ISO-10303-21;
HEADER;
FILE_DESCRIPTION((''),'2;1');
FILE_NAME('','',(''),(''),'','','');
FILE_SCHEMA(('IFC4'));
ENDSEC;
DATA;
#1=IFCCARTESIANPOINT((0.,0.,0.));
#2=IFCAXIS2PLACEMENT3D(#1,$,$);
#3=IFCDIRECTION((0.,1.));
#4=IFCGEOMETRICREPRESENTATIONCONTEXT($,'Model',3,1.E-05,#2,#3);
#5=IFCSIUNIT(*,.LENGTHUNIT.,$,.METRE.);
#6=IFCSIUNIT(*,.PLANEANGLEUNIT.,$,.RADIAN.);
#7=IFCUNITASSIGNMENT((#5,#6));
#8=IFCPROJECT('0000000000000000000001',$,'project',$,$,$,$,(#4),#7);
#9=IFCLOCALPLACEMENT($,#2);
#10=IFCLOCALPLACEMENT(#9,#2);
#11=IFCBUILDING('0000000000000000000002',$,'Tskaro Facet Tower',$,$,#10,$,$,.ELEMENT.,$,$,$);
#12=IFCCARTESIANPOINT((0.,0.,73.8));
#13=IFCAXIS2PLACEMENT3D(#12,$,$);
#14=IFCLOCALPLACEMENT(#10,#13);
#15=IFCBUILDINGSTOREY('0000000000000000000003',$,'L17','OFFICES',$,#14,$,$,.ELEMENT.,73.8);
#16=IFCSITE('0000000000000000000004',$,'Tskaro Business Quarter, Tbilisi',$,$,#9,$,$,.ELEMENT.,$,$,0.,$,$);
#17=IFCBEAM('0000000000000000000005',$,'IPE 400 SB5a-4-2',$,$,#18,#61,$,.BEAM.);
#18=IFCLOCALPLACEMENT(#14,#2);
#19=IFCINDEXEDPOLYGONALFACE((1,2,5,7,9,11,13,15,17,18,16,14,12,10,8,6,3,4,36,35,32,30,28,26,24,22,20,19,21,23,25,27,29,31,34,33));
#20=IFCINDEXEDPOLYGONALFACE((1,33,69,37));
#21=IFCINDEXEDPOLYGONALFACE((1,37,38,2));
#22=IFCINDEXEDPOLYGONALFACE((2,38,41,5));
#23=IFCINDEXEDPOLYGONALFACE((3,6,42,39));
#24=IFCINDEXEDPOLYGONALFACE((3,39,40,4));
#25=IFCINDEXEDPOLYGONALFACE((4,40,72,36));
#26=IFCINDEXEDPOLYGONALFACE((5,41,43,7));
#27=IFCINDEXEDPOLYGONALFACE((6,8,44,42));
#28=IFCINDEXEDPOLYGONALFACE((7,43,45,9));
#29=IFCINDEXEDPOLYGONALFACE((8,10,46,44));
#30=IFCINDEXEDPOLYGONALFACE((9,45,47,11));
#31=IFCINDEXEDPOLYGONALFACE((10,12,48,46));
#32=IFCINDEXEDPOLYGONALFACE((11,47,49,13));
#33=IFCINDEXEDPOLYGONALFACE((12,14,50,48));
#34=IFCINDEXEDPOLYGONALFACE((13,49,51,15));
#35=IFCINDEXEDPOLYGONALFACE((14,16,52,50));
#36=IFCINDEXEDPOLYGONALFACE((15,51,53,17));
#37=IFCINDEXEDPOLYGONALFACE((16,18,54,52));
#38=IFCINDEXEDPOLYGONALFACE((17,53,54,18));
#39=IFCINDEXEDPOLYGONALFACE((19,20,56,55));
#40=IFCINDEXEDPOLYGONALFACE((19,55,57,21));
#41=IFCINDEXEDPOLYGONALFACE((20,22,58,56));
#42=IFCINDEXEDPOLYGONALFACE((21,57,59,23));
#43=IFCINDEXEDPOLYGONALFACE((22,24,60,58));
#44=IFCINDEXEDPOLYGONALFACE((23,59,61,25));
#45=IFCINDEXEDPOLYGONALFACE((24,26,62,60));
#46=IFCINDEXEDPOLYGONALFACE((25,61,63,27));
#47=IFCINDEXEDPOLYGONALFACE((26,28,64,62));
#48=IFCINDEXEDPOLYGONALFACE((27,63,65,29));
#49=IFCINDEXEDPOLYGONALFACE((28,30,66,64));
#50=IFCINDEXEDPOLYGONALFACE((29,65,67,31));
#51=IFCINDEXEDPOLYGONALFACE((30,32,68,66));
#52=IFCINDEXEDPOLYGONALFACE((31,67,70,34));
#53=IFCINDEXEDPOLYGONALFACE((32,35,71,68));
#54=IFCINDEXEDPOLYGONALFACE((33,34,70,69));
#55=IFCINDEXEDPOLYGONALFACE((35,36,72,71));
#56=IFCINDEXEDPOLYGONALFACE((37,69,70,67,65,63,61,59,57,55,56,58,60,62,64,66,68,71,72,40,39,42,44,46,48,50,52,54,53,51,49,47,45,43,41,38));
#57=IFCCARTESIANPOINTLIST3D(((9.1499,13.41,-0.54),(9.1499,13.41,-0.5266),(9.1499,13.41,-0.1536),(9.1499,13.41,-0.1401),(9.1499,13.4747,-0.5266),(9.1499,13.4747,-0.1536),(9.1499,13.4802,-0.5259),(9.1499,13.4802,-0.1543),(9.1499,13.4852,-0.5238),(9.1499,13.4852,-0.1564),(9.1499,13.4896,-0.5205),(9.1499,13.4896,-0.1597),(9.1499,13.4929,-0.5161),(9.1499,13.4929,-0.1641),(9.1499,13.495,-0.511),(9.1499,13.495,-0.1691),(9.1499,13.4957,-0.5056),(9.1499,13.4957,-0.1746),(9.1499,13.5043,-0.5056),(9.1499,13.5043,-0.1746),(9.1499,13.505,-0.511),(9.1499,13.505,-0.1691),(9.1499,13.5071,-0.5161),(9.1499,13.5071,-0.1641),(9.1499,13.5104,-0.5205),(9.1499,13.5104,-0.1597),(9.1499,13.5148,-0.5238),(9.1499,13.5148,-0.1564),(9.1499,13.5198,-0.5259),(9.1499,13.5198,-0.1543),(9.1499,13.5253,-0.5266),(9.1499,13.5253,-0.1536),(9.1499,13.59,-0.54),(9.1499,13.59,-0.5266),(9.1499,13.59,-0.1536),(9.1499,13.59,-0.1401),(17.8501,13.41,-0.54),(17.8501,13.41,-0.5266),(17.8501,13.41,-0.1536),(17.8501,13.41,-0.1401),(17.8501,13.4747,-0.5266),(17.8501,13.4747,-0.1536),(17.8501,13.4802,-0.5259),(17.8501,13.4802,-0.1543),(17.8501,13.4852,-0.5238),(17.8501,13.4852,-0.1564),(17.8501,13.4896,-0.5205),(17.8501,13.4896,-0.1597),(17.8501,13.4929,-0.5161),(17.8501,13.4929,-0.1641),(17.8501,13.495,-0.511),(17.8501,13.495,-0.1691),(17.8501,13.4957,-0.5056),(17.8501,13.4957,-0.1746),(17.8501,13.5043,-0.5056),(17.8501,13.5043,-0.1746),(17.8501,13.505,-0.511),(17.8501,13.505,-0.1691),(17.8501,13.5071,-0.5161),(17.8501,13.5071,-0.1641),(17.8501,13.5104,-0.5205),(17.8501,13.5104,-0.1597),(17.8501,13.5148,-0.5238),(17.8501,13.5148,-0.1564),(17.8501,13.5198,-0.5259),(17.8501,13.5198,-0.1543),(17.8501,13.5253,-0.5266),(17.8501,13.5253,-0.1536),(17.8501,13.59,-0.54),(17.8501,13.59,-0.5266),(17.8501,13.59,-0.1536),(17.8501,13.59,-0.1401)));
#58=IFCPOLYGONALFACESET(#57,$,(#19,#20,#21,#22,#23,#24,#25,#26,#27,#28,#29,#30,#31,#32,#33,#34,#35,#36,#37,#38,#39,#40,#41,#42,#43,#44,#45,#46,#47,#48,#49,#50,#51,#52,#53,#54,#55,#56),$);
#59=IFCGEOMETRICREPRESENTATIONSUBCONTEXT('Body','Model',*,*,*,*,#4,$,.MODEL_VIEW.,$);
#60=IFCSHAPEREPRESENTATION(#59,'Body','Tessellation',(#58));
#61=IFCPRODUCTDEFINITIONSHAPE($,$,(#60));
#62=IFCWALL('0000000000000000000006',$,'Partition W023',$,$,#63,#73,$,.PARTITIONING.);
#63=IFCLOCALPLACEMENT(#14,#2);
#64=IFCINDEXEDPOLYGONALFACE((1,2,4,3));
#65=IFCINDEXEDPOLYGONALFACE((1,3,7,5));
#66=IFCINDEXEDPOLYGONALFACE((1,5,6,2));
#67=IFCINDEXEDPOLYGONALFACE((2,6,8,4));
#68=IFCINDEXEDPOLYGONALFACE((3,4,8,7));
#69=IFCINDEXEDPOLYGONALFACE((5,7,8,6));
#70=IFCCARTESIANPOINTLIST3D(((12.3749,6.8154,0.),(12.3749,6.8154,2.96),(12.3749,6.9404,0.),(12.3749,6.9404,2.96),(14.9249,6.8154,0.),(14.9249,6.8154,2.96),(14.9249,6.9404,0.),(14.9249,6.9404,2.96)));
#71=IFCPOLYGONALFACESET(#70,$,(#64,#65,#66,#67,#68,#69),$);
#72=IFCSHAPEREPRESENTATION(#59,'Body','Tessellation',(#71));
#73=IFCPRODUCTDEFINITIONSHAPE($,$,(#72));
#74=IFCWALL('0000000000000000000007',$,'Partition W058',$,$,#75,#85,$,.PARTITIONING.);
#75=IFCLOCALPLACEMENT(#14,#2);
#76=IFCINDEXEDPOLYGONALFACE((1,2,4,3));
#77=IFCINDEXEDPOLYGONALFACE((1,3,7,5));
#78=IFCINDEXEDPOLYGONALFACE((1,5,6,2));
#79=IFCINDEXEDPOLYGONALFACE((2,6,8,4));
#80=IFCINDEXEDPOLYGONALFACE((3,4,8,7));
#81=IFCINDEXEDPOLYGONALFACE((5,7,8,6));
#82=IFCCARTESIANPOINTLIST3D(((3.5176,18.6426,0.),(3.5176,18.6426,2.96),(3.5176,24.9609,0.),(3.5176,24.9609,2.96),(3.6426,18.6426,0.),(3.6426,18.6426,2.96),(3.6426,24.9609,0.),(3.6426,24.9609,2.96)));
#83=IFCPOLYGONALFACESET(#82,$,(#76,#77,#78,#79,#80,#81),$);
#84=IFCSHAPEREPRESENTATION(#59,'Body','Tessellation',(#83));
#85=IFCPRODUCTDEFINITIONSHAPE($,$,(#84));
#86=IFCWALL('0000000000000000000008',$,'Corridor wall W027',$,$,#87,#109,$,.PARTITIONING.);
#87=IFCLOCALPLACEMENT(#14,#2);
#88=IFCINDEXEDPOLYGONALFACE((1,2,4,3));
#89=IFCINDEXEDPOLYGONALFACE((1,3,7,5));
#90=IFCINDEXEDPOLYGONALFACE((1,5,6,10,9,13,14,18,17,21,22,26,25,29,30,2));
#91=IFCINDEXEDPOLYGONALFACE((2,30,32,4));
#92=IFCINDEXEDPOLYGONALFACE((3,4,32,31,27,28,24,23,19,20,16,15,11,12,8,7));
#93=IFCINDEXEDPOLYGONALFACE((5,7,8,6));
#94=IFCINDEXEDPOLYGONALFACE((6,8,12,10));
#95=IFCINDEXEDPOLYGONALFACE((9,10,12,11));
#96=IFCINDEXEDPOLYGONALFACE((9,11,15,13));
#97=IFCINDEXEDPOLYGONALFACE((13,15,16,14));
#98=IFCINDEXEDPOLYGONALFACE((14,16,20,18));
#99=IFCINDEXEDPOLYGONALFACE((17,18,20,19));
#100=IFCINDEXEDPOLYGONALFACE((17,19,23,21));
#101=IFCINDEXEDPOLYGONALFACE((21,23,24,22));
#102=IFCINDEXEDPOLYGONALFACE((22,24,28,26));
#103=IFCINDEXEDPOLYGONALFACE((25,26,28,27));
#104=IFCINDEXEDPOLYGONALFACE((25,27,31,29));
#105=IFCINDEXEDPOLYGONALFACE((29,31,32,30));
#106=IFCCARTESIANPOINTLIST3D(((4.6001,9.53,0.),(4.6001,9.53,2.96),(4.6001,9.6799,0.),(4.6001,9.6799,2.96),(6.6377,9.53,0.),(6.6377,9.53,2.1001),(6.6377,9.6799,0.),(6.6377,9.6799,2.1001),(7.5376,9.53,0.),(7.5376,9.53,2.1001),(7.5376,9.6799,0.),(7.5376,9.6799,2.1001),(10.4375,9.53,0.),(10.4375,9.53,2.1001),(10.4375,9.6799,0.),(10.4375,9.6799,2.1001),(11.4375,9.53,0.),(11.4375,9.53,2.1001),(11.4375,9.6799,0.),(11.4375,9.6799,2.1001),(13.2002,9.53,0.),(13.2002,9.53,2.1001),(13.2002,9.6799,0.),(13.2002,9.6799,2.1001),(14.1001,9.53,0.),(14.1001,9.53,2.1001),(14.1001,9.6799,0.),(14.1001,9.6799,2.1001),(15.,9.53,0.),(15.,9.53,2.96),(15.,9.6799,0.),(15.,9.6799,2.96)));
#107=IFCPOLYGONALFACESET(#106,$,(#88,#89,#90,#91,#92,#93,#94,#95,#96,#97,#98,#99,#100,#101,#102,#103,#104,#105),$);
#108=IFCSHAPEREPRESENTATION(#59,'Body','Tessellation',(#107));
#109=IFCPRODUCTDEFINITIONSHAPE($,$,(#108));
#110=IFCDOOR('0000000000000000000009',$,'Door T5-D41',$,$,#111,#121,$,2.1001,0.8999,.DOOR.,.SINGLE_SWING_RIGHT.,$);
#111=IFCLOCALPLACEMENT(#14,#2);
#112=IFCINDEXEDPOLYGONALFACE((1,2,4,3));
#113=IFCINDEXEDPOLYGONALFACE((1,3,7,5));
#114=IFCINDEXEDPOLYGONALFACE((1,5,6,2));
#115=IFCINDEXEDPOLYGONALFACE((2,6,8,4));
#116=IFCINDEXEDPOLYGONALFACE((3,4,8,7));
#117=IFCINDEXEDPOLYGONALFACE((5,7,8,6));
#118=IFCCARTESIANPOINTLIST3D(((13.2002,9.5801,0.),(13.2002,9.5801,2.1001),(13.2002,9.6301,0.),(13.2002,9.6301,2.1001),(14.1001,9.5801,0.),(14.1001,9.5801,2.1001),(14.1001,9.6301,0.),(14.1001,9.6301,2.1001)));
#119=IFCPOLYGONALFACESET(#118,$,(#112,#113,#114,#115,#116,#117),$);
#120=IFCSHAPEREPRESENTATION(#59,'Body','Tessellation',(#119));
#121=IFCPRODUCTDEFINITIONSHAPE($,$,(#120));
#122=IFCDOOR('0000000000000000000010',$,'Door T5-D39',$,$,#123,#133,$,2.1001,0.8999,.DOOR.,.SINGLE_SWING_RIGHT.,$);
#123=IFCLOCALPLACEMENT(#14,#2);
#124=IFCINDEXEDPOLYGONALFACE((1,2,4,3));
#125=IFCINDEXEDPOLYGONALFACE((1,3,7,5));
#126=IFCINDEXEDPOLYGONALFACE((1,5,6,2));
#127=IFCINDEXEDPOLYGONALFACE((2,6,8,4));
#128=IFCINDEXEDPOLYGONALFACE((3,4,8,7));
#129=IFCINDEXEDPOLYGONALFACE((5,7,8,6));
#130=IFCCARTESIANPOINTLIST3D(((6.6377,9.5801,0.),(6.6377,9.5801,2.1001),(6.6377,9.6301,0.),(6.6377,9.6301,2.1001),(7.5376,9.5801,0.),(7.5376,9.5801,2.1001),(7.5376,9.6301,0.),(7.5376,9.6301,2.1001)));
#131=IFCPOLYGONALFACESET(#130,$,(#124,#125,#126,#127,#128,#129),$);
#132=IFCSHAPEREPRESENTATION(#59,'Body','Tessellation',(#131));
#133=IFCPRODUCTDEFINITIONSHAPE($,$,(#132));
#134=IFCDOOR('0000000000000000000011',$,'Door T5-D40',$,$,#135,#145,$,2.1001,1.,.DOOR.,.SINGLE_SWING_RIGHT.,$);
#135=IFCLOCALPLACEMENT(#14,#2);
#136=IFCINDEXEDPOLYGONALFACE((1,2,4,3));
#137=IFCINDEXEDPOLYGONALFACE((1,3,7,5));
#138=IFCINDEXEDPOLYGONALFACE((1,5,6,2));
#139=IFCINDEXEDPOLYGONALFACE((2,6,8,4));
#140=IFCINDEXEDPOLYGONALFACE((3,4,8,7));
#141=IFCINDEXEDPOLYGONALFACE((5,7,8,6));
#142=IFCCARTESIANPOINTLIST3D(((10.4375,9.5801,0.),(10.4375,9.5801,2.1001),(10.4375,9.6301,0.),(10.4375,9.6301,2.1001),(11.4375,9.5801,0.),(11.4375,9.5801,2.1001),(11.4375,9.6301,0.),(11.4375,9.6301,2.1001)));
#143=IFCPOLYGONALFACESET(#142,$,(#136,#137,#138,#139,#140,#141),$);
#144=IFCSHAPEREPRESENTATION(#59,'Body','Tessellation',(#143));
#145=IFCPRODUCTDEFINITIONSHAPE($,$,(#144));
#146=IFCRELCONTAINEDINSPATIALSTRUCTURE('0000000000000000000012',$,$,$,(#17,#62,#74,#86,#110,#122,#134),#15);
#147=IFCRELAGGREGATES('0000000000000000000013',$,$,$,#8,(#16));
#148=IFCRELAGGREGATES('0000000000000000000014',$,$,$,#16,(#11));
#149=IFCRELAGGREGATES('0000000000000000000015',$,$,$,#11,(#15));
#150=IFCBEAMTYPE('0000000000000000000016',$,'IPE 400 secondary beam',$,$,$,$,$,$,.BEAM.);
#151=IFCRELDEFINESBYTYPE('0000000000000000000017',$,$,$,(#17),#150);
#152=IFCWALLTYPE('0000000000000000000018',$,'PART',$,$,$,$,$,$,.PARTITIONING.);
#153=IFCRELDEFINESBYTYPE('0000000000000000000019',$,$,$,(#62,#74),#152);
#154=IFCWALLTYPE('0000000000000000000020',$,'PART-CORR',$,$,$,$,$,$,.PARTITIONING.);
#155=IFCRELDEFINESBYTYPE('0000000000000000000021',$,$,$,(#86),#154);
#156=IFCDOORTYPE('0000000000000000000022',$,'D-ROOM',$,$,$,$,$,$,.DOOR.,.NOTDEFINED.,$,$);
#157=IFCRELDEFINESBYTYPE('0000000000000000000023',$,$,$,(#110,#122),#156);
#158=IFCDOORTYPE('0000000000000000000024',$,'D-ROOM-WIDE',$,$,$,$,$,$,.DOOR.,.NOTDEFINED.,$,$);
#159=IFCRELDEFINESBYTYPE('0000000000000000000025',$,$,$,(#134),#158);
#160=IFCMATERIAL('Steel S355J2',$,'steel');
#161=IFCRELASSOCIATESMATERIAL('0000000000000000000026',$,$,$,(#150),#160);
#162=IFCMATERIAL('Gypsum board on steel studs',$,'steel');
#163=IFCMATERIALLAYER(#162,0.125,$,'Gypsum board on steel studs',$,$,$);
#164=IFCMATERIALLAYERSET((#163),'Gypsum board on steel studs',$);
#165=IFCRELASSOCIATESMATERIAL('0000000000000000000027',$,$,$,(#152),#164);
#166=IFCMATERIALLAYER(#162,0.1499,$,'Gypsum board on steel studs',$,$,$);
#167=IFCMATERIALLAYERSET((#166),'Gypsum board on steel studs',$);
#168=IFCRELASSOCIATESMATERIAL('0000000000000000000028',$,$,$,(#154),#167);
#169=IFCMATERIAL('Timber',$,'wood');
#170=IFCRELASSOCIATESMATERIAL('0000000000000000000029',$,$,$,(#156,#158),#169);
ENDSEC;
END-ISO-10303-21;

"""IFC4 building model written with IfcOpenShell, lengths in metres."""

from ifc_helpers import new_model, si_unit, direction, frame, frame_2d, origin, origin_2d, place, context, subcontext, project, spatial, rectangle, i_section, extrude, material, layer, layer_set, material_profile, profile_set, type_object, element, fill, save


model = new_model("IFC4")

# Units and contexts
model_context = context("Model", 3, precision=1e-05, world=origin(), true_north=direction((0.0, 1.0)))
body_context = subcontext(model_context, "Body", "Model", "MODEL_VIEW")
ifc_project = project(units=[si_unit("LENGTHUNIT", "METRE"), si_unit("PLANEANGLEUNIT", "RADIAN")], contexts=[model_context])

# Site, building, storey
site_placement = place(None, origin())
site = spatial("IfcSite", under=ifc_project, at=site_placement, Name="Tskaro Business Quarter, Tbilisi", CompositionType="ELEMENT", RefElevation=0.0)
building_placement = place(site_placement, origin())
building = spatial("IfcBuilding", under=site, at=building_placement, Name="Tskaro Facet Tower", CompositionType="ELEMENT")
storey_placement = place(building_placement, frame((0.0, 0.0, 73.8)))
storey = spatial("IfcBuildingStorey", under=building, at=storey_placement, Name="L17", Description="OFFICES", CompositionType="ELEMENT", Elevation=73.8)

# Beam
ifc_material_1 = material(Name="Steel S355J2", Category="steel")
ifc_material_profile_1 = material_profile(ifc_material_1, i_section(OverallWidth=0.1799, OverallDepth=0.3999, WebThickness=0.0085, FlangeThickness=0.0134, FilletRadius=0.021, at=origin_2d()), Name="IPE 400")
ifc_profile_set_1 = profile_set([ifc_material_profile_1], Name="Steel S355J2")
beam_type_1 = type_object("IfcBeamType", Name="IPE 400 secondary beam", PredefinedType="BEAM", material=ifc_profile_set_1)
for number, where, z_axis, x_axis, name in (
    (1, (9.1499, 13.5, -0.3401), (1.0, 0.0, 0.0), (0.0, 1.0, 0.0), "IPE 400 SB5a-4-2"),
):
    element("IfcBeam", number, at=place(storey_placement, frame(where, z_axis=z_axis, x_axis=x_axis)), inside=storey, type_object=beam_type_1, Name=name, PredefinedType="BEAM", context=body_context, shape_type="SweptSolid", body=[
        extrude(i_section(OverallWidth=0.1799, OverallDepth=0.3999, WebThickness=0.0085, FlangeThickness=0.0134, FilletRadius=0.021, at=origin_2d()), origin(), (0.0, 0.0, 1.0), 8.7002),
    ])

# Walls
ifc_material_2 = material(Name="Gypsum board on steel studs", Category="steel")
ifc_layer_1 = layer(ifc_material_2, 0.125, Name="Gypsum board on steel studs")
ifc_layer_set_1 = layer_set([ifc_layer_1], Name="Gypsum board on steel studs")
wall_type_1 = type_object("IfcWallType", Name="PART", PredefinedType="PARTITIONING", material=ifc_layer_set_1)
wall_1_placement = place(storey_placement, frame((12.375, 6.8779, 0.0), z_axis=(0.0, 0.0, 1.0), x_axis=(1.0, 0.0, 0.0)))
element("IfcWall", 2, at=wall_1_placement, inside=storey, type_object=wall_type_1, Name="Partition W023", PredefinedType="PARTITIONING", context=body_context, shape_type="SweptSolid", body=[
    extrude(rectangle(XDim=2.55, YDim=0.125, at=frame_2d((1.2749, 0.0))), origin(), (0.0, 0.0, 1.0), 2.96),
])
wall_2_placement = place(storey_placement, frame((3.5801, 18.6426, 0.0), z_axis=(0.0, 0.0, 1.0), x_axis=(0.0, 1.0, 0.0)))
element("IfcWall", 3, at=wall_2_placement, inside=storey, type_object=wall_type_1, Name="Partition W058", PredefinedType="PARTITIONING", context=body_context, shape_type="SweptSolid", body=[
    extrude(rectangle(XDim=6.3184, YDim=0.125, at=frame_2d((3.1592, 0.0))), origin(), (0.0, 0.0, 1.0), 2.96),
])

# Wall, openings, doors
ifc_layer_2 = layer(ifc_material_2, 0.1499, Name="Gypsum board on steel studs")
ifc_layer_set_2 = layer_set([ifc_layer_2], Name="Gypsum board on steel studs")
wall_type_2 = type_object("IfcWallType", Name="PART-CORR", PredefinedType="PARTITIONING", material=ifc_layer_set_2)
wall_3_placement = place(storey_placement, frame((15.0, 9.605, 0.0), z_axis=(0.0, 0.0, 1.0), x_axis=(-1.0, 0.0, 0.0)))
wall_3 = element("IfcWall", 4, at=wall_3_placement, inside=storey, type_object=wall_type_2, Name="Corridor wall W027", PredefinedType="PARTITIONING", context=body_context, shape_type="SweptSolid", body=[
    extrude(rectangle(XDim=10.3999, YDim=0.1499, at=frame_2d((5.2, 0.0))), origin(), (0.0, 0.0, 1.0), 2.96),
])
opening_1_placement = place(wall_3_placement, frame((0.8999, 0.0, 0.0)))
opening_1 = element("IfcOpeningElement", 5, at=opening_1_placement, cuts=wall_3, PredefinedType="OPENING", context=body_context, shape_type="SweptSolid", body=[
    extrude(rectangle(XDim=0.8999, YDim=2.1001, at=frame_2d((0.45, 1.05))), frame((0.0, 0.085, 0.0), z_axis=(0.0, -1.0, 0.0), x_axis=(1.0, 0.0, 0.0)), (0.0, 0.0, 1.0), 0.1699),
])
opening_2_placement = place(wall_3_placement, frame((7.4624, 0.0, 0.0)))
opening_2 = element("IfcOpeningElement", 6, at=opening_2_placement, cuts=wall_3, PredefinedType="OPENING", context=body_context, shape_type="SweptSolid", body=[
    extrude(rectangle(XDim=0.8999, YDim=2.1001, at=frame_2d((0.45, 1.05))), frame((0.0, 0.085, 0.0), z_axis=(0.0, -1.0, 0.0), x_axis=(1.0, 0.0, 0.0)), (0.0, 0.0, 1.0), 0.1699),
])
opening_3_placement = place(wall_3_placement, frame((3.5625, 0.0, 0.0)))
opening_3 = element("IfcOpeningElement", 7, at=opening_3_placement, cuts=wall_3, PredefinedType="OPENING", context=body_context, shape_type="SweptSolid", body=[
    extrude(rectangle(XDim=1.0, YDim=2.1001, at=frame_2d((0.5, 1.05))), frame((0.0, 0.085, 0.0), z_axis=(0.0, -1.0, 0.0), x_axis=(1.0, 0.0, 0.0)), (0.0, 0.0, 1.0), 0.1699),
])
ifc_material_3 = material(Name="Timber", Category="wood")
door_type_1 = type_object("IfcDoorType", Name="D-ROOM", OperationType="NOTDEFINED", PredefinedType="DOOR", material=ifc_material_3)
door_1_placement = place(opening_1_placement, origin())
door_1 = element("IfcDoor", 8, at=door_1_placement, inside=storey, type_object=door_type_1, Name="Door T5-D41", OperationType="SINGLE_SWING_RIGHT", OverallHeight=2.1001, OverallWidth=0.8999, PredefinedType="DOOR", context=body_context, shape_type="SweptSolid", body=[
    extrude(rectangle(XDim=0.8999, YDim=2.1001, at=frame_2d((0.45, 1.05))), frame((0.0, 0.0249, 0.0), z_axis=(0.0, -1.0, 0.0), x_axis=(1.0, 0.0, 0.0)), (0.0, 0.0, 1.0), 0.05),
])
fill(opening_1, door_1)
door_2_placement = place(opening_2_placement, origin())
door_2 = element("IfcDoor", 9, at=door_2_placement, inside=storey, type_object=door_type_1, Name="Door T5-D39", OperationType="SINGLE_SWING_RIGHT", OverallHeight=2.1001, OverallWidth=0.8999, PredefinedType="DOOR", context=body_context, shape_type="SweptSolid", body=[
    extrude(rectangle(XDim=0.8999, YDim=2.1001, at=frame_2d((0.45, 1.05))), frame((0.0, 0.0249, 0.0), z_axis=(0.0, -1.0, 0.0), x_axis=(1.0, 0.0, 0.0)), (0.0, 0.0, 1.0), 0.05),
])
fill(opening_2, door_2)
door_type_2 = type_object("IfcDoorType", Name="D-ROOM-WIDE", OperationType="NOTDEFINED", PredefinedType="DOOR", material=ifc_material_3)
door_3_placement = place(opening_3_placement, origin())
door_3 = element("IfcDoor", 10, at=door_3_placement, inside=storey, type_object=door_type_2, Name="Door T5-D40", OperationType="SINGLE_SWING_RIGHT", OverallHeight=2.1001, OverallWidth=1.0, PredefinedType="DOOR", context=body_context, shape_type="SweptSolid", body=[
    extrude(rectangle(XDim=1.0, YDim=2.1001, at=frame_2d((0.5, 1.05))), frame((0.0, 0.0249, 0.0), z_axis=(0.0, -1.0, 0.0), x_axis=(1.0, 0.0, 0.0)), (0.0, 0.0, 1.0), 0.05),
])
fill(opening_3, door_3)

save(model, "model.ifc")
